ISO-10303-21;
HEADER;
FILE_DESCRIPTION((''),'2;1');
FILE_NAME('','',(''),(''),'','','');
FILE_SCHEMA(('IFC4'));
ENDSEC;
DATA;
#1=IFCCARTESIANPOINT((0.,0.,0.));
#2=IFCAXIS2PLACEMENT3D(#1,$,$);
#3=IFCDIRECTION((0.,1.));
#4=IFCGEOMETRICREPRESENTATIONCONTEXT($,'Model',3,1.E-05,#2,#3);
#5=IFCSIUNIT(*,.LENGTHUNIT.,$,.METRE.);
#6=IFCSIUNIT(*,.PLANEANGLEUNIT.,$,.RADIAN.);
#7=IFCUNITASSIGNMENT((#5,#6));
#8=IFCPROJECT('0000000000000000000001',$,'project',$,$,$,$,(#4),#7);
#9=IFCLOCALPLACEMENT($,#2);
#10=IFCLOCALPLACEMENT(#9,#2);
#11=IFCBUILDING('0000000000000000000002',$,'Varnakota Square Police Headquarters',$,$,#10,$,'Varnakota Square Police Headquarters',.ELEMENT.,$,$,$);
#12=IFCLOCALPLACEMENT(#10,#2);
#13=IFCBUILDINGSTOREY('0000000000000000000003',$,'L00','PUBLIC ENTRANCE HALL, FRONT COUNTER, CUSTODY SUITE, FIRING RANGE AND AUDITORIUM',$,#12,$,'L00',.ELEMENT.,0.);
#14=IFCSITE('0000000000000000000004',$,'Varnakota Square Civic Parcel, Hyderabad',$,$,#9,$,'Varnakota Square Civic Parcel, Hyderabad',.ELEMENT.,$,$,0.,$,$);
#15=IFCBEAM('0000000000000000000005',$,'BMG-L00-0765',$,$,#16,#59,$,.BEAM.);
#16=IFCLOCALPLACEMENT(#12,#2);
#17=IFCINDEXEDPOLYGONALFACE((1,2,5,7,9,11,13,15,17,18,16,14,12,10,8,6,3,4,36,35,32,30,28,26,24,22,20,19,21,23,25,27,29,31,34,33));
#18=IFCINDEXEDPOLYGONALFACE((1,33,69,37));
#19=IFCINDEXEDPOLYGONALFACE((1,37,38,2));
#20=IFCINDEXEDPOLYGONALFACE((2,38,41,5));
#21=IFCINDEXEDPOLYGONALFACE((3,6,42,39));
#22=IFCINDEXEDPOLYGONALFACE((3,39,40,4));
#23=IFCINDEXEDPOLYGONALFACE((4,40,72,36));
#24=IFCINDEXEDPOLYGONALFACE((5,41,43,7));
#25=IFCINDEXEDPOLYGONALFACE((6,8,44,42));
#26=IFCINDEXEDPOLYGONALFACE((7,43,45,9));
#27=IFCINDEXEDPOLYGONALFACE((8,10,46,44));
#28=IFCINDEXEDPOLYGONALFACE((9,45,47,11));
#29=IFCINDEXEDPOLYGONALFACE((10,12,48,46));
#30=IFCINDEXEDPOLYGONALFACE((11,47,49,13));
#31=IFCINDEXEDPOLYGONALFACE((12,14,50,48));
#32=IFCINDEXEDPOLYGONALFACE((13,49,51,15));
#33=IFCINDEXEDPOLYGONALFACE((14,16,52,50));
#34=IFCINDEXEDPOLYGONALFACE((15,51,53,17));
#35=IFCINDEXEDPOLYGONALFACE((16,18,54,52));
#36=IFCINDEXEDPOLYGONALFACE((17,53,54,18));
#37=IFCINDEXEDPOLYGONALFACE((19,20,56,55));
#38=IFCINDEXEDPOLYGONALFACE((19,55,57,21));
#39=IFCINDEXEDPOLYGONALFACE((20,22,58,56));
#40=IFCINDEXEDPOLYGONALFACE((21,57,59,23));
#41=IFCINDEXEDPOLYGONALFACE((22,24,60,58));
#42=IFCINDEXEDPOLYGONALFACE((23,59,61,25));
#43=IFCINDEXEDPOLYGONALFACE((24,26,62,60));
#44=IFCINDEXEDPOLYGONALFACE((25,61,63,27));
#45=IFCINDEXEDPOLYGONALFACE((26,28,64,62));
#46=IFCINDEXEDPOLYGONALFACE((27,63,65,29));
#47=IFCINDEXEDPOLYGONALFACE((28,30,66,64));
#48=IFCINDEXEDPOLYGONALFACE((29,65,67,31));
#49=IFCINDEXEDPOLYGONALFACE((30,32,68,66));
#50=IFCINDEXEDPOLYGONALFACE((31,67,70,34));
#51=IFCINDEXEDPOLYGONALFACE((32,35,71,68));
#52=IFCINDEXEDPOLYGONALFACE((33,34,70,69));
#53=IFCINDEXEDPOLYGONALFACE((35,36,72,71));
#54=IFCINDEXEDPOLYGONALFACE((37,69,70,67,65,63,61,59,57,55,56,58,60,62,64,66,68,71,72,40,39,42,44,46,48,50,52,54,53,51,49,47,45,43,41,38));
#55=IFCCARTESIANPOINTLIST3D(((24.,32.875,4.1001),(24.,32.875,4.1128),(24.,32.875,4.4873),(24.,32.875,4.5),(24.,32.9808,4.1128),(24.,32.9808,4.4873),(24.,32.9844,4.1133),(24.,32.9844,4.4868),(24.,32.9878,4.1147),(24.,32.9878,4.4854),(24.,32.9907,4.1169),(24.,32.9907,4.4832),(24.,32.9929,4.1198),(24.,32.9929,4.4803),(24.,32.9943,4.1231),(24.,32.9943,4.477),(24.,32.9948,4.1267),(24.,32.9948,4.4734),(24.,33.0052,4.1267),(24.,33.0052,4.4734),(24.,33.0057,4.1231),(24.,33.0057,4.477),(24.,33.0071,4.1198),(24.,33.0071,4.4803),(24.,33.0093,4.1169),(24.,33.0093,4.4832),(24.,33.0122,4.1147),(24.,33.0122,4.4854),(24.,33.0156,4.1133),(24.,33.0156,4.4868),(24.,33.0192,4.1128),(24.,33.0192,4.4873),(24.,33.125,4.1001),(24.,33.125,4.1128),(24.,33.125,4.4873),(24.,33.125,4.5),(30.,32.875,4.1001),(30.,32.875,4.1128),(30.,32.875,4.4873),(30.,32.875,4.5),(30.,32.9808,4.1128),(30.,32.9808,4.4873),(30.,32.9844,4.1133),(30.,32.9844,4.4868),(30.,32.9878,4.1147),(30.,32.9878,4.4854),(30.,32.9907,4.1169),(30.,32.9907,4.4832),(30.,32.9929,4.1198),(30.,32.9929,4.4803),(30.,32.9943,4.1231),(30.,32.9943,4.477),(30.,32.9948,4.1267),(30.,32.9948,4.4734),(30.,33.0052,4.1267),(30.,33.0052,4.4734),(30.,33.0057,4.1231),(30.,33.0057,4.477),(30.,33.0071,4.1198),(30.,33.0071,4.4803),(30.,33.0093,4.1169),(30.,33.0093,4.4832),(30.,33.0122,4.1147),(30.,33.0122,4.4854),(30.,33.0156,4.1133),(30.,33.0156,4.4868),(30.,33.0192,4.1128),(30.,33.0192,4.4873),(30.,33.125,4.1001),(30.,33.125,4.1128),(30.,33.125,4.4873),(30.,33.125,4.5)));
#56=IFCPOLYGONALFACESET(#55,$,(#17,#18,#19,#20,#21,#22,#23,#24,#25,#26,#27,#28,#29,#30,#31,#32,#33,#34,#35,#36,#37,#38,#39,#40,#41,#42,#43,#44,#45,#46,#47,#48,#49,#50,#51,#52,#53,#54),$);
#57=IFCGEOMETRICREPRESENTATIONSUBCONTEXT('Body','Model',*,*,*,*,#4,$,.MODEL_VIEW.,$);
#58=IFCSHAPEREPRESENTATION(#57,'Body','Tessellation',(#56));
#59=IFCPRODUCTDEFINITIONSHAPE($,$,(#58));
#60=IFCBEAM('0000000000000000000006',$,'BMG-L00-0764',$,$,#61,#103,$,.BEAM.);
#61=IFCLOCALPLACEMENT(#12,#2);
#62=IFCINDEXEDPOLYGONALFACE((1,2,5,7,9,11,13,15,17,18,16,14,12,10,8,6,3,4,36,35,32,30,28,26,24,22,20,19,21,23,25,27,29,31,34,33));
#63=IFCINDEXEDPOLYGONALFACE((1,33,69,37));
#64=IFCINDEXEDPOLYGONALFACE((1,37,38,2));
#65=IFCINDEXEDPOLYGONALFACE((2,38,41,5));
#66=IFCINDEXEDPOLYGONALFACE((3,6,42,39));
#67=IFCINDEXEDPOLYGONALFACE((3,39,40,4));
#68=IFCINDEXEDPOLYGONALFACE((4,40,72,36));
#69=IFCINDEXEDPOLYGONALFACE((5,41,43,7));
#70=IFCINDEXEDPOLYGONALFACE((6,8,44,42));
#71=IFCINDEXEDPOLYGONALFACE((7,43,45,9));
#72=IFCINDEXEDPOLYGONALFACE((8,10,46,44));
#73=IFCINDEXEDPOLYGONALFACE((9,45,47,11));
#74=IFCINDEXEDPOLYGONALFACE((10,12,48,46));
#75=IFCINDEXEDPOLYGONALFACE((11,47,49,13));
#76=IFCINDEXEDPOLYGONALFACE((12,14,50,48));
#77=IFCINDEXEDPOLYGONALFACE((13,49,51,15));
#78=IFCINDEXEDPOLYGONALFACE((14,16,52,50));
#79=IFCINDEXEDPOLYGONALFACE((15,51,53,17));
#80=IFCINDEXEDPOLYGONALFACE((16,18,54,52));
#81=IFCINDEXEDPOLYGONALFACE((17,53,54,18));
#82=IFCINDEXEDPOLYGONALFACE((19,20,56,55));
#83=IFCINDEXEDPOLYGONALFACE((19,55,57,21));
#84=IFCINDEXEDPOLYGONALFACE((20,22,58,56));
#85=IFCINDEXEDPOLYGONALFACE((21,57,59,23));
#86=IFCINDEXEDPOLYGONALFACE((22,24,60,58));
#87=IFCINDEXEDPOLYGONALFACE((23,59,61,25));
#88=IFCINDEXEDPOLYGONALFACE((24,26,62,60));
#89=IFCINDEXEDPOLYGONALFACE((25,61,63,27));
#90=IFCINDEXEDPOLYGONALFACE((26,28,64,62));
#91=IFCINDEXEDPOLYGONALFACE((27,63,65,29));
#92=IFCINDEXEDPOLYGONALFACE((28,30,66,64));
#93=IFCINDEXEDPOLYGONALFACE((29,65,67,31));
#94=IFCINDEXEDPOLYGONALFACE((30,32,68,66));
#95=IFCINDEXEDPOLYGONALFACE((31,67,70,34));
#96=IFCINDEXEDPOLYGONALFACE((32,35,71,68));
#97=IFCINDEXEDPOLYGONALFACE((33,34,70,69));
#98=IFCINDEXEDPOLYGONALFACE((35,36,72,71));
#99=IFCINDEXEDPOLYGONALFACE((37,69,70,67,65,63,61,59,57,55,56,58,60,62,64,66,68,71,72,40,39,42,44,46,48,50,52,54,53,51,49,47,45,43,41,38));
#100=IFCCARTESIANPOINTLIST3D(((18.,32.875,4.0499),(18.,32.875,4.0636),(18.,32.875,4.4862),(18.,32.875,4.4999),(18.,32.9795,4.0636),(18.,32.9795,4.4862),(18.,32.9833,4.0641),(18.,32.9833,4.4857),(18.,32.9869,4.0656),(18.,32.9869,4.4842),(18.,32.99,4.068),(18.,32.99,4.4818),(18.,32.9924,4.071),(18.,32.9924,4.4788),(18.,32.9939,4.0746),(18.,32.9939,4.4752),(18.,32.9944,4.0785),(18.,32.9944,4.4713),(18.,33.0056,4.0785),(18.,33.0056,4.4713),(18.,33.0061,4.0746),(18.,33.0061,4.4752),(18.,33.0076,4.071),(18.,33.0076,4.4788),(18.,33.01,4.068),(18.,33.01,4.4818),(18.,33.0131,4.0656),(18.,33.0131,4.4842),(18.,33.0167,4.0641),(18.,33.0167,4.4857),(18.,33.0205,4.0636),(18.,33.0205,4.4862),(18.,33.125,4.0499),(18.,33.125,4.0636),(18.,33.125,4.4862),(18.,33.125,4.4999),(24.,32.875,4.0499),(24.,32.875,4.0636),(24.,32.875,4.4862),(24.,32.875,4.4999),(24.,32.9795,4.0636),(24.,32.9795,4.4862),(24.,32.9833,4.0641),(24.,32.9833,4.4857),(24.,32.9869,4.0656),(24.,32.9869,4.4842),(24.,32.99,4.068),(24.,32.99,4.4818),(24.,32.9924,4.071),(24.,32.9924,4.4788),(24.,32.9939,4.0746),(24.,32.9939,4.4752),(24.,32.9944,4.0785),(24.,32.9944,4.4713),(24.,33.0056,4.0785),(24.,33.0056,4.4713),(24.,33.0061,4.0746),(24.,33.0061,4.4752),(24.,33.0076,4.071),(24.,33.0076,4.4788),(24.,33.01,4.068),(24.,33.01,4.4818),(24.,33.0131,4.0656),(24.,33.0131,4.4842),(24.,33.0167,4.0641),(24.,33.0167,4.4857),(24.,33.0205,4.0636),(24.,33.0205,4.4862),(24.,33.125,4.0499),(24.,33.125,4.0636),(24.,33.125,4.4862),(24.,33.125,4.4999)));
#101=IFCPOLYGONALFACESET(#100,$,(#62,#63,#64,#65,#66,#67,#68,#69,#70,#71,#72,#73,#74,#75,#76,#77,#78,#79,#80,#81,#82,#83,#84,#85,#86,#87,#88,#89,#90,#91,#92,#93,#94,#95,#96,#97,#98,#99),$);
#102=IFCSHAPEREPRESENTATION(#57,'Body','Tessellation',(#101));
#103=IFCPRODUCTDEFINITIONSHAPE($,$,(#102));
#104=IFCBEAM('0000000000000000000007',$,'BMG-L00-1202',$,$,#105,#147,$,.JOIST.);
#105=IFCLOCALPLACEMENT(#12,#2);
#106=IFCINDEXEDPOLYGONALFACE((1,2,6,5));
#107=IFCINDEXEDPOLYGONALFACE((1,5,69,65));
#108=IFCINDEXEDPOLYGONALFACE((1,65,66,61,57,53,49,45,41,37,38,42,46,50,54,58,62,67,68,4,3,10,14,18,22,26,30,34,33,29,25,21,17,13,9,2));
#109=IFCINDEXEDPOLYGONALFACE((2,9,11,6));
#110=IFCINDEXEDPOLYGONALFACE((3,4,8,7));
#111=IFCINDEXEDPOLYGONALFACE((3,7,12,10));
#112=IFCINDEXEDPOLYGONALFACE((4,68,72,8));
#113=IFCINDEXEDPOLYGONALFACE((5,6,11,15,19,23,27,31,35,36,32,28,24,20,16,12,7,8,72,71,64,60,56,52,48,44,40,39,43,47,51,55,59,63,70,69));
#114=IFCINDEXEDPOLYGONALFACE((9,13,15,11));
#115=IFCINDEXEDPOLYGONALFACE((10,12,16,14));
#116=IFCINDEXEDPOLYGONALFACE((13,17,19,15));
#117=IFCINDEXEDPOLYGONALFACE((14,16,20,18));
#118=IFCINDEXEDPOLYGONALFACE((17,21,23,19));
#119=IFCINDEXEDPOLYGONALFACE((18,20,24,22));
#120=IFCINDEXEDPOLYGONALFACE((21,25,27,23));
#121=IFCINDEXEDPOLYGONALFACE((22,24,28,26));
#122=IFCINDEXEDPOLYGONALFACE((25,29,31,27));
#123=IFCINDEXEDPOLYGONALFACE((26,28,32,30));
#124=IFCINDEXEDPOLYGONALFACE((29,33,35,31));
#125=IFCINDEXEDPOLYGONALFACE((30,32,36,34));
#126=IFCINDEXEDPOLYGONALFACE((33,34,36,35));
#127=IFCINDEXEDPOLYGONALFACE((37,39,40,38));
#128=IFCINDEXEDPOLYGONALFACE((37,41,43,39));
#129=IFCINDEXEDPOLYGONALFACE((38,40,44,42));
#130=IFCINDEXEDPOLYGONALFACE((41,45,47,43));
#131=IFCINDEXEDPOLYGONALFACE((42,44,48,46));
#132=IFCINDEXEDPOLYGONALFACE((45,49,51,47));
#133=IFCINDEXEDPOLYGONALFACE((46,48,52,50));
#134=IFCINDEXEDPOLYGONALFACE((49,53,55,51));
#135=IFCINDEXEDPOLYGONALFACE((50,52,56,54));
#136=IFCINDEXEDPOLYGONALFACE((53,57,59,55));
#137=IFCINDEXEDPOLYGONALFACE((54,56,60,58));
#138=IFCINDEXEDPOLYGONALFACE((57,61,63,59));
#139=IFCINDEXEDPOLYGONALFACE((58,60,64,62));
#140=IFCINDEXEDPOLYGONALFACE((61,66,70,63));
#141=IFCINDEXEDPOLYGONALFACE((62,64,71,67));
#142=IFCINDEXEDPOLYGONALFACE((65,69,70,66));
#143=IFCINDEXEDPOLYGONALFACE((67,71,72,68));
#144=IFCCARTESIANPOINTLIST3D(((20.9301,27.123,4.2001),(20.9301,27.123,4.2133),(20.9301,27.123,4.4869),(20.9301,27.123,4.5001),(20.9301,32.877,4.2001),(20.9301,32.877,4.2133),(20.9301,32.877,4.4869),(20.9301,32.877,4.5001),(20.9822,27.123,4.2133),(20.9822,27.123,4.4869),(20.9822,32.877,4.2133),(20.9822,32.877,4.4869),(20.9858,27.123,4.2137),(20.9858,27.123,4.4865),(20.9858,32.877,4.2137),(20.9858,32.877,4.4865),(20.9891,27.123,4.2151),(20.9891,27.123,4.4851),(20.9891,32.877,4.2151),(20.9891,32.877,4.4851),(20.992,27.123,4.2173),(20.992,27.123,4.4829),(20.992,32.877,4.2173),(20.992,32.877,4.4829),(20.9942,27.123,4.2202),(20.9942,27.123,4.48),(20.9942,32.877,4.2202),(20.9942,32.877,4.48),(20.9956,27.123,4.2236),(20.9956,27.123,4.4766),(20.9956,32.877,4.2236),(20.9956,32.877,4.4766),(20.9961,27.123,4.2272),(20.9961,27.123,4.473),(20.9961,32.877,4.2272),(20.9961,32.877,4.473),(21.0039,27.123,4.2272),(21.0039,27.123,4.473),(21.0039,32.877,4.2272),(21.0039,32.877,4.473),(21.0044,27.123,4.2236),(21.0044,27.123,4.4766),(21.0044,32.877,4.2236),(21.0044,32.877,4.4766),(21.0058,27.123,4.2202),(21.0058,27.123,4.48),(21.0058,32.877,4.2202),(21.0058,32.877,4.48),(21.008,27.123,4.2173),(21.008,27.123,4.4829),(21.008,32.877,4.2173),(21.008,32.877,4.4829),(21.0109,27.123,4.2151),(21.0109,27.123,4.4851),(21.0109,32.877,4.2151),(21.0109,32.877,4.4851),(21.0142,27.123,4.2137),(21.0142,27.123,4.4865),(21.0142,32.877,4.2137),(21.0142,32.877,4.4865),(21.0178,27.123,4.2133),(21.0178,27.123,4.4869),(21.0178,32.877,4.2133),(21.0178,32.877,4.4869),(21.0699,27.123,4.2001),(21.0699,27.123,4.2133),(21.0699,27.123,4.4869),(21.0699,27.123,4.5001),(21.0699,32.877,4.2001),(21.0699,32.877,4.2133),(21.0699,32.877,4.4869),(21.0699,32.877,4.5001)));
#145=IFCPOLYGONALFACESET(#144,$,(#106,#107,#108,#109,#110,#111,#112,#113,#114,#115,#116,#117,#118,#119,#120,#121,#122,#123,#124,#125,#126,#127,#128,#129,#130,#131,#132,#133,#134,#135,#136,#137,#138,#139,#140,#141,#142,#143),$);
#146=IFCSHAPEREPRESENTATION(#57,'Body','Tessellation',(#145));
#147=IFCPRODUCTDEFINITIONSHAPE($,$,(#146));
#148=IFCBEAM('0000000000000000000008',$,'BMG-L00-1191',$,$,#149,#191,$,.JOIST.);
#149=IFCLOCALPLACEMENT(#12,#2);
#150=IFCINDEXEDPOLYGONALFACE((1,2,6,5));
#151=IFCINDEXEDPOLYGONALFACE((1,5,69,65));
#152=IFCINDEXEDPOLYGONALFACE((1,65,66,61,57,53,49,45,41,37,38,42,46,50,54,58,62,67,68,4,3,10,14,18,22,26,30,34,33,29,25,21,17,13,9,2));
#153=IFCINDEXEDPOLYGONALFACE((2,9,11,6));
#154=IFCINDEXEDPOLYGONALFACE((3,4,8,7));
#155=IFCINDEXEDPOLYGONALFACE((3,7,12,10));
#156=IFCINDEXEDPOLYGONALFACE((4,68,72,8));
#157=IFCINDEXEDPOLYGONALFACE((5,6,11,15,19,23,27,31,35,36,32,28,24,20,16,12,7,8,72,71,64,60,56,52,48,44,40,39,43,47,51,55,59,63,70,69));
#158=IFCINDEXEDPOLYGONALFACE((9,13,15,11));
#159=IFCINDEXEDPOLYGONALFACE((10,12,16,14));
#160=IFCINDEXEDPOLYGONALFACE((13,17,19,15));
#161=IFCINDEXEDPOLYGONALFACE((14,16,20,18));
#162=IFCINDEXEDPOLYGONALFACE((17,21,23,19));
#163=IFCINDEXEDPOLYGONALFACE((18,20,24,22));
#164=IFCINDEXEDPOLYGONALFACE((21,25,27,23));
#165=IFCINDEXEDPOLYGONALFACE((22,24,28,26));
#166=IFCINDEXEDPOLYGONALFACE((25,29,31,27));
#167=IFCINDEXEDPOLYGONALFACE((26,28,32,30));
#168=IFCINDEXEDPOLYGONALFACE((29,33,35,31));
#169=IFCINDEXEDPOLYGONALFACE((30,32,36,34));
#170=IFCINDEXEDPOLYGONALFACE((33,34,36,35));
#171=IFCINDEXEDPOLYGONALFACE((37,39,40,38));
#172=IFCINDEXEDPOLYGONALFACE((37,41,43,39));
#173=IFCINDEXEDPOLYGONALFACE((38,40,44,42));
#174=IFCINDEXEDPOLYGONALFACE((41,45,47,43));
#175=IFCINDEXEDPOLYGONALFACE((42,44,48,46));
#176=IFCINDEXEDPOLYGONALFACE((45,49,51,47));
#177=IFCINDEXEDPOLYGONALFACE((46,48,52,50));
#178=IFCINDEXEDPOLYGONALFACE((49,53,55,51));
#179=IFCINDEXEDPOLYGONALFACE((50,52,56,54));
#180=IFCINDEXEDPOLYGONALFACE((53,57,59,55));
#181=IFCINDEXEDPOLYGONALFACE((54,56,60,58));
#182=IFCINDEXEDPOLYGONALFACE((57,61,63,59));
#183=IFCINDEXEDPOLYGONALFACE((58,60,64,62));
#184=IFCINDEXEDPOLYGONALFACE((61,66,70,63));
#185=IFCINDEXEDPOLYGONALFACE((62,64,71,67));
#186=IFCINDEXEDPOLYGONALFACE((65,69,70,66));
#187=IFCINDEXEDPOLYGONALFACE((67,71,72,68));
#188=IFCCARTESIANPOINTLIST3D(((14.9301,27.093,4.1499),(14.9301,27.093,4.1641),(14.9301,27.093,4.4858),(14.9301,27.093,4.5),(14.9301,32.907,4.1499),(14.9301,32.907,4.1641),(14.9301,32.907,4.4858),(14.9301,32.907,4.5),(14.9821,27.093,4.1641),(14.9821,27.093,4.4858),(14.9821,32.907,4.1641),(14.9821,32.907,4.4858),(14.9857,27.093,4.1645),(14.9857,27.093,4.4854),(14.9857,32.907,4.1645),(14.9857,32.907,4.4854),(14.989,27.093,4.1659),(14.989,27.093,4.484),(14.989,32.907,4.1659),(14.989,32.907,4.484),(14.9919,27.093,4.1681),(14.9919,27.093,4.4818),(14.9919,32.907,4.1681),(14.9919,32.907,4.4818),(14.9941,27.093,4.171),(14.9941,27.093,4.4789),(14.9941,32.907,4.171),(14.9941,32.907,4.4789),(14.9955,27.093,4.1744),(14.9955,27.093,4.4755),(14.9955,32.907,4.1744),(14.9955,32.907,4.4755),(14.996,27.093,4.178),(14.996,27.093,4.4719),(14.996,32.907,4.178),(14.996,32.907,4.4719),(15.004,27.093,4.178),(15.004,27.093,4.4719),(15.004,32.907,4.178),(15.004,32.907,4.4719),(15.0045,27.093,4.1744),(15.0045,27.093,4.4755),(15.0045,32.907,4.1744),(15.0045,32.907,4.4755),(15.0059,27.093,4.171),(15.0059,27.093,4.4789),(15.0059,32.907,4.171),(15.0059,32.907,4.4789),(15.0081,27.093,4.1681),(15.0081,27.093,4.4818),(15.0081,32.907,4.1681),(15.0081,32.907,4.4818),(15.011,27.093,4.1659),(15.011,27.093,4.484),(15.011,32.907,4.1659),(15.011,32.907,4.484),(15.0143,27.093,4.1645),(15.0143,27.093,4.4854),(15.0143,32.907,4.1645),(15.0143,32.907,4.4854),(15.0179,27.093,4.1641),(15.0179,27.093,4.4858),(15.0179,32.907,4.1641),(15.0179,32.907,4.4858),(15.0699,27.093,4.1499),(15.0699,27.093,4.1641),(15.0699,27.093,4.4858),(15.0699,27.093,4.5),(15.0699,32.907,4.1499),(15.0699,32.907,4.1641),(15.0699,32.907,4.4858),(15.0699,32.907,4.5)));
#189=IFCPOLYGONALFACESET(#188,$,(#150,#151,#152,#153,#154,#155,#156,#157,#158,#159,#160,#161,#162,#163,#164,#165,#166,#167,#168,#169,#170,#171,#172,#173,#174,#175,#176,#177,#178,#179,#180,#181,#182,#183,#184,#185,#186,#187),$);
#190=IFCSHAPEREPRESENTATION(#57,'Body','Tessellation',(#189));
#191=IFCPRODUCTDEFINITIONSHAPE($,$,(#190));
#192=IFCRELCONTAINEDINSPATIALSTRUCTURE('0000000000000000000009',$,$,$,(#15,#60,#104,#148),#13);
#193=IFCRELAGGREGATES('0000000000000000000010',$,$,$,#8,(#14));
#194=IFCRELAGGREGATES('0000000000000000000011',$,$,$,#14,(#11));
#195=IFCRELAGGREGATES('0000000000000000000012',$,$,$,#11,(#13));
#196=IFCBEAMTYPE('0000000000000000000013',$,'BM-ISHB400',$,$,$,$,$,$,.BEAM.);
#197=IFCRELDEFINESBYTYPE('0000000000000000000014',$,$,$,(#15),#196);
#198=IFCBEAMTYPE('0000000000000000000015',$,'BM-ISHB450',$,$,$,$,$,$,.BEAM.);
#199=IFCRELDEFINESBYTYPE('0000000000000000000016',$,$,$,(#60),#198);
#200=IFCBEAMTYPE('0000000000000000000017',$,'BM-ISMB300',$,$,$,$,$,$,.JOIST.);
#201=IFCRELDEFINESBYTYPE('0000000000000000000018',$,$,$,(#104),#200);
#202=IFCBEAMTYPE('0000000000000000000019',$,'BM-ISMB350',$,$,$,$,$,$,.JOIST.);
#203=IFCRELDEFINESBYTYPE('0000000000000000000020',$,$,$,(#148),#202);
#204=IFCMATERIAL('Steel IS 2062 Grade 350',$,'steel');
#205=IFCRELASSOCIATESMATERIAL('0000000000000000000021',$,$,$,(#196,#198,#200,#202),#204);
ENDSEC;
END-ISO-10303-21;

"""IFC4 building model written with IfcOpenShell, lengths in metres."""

from ifc_helpers import new_model, si_unit, direction, frame, origin, origin_2d, place, context, subcontext, project, spatial, i_section, extrude, material, material_profile, profile_set, type_object, element, save


model = new_model("IFC4")

# Units and contexts
model_context = context("Model", 3, precision=1e-05, world=origin(), true_north=direction((0.0, 1.0)))
body_context = subcontext(model_context, "Body", "Model", "MODEL_VIEW")
ifc_project = project(units=[si_unit("LENGTHUNIT", "METRE"), si_unit("PLANEANGLEUNIT", "RADIAN")], contexts=[model_context])

# Site, building, storey
site_placement = place(None, origin())
site = spatial("IfcSite", under=ifc_project, at=site_placement, Name="Varnakota Square Civic Parcel, Hyderabad", LongName="Varnakota Square Civic Parcel, Hyderabad", CompositionType="ELEMENT", RefElevation=0.0)
building_placement = place(site_placement, origin())
building = spatial("IfcBuilding", under=site, at=building_placement, Name="Varnakota Square Police Headquarters", LongName="Varnakota Square Police Headquarters", CompositionType="ELEMENT")
storey_placement = place(building_placement, origin())
storey = spatial("IfcBuildingStorey", under=building, at=storey_placement, Name="L00", Description="PUBLIC ENTRANCE HALL, FRONT COUNTER, CUSTODY SUITE, FIRING RANGE AND AUDITORIUM", LongName="L00", CompositionType="ELEMENT", Elevation=0.0)

# Beams
ifc_material_1 = material(Name="Steel IS 2062 Grade 350", Category="steel")
ifc_material_profile_1 = material_profile(ifc_material_1, i_section(OverallWidth=0.25, OverallDepth=0.3999, WebThickness=0.0105, FlangeThickness=0.0127, FilletRadius=0.0139, at=origin_2d()), Name="ISHB 400")
ifc_profile_set_1 = profile_set([ifc_material_profile_1], Name="Steel IS 2062 Grade 350")
beam_type_1 = type_object("IfcBeamType", Name="BM-ISHB400", PredefinedType="BEAM", material=ifc_profile_set_1)
beam_1_placement = place(storey_placement, frame((24.0, 33.0, 4.3), z_axis=(1.0, 0.0, 0.0), x_axis=(0.0, 1.0, 0.0)))
element("IfcBeam", 1, at=beam_1_placement, inside=storey, type_object=beam_type_1, Name="BMG-L00-0765", PredefinedType="BEAM", context=body_context, shape_type="SweptSolid", body=[
    extrude(i_section(OverallWidth=0.25, OverallDepth=0.3999, WebThickness=0.0105, FlangeThickness=0.0127, FilletRadius=0.0139, at=origin_2d()), origin(), (0.0, 0.0, 1.0), 6.0),
])
ifc_material_profile_2 = material_profile(ifc_material_1, i_section(OverallWidth=0.25, OverallDepth=0.45, WebThickness=0.0112, FlangeThickness=0.0137, FilletRadius=0.0149, at=origin_2d()), Name="ISHB 450")
ifc_profile_set_2 = profile_set([ifc_material_profile_2], Name="Steel IS 2062 Grade 350")
beam_type_2 = type_object("IfcBeamType", Name="BM-ISHB450", PredefinedType="BEAM", material=ifc_profile_set_2)
beam_2_placement = place(storey_placement, frame((18.0, 33.0, 4.2749), z_axis=(1.0, 0.0, 0.0), x_axis=(0.0, 1.0, 0.0)))
element("IfcBeam", 2, at=beam_2_placement, inside=storey, type_object=beam_type_2, Name="BMG-L00-0764", PredefinedType="BEAM", context=body_context, shape_type="SweptSolid", body=[
    extrude(i_section(OverallWidth=0.25, OverallDepth=0.45, WebThickness=0.0112, FlangeThickness=0.0137, FilletRadius=0.0149, at=origin_2d()), origin(), (0.0, 0.0, 1.0), 6.0),
])
ifc_material_profile_3 = material_profile(ifc_material_1, i_section(OverallWidth=0.1399, OverallDepth=0.3, WebThickness=0.0078, FlangeThickness=0.0132, FilletRadius=0.0139, at=origin_2d()), Name="ISMB 300")
ifc_profile_set_3 = profile_set([ifc_material_profile_3], Name="Steel IS 2062 Grade 350")
beam_type_3 = type_object("IfcBeamType", Name="BM-ISMB300", PredefinedType="JOIST", material=ifc_profile_set_3)
beam_3_placement = place(storey_placement, frame((21.0, 27.123, 4.3501), z_axis=(0.0, 1.0, 0.0), x_axis=(-1.0, 0.0, 0.0)))
element("IfcBeam", 3, at=beam_3_placement, inside=storey, type_object=beam_type_3, Name="BMG-L00-1202", PredefinedType="JOIST", context=body_context, shape_type="SweptSolid", body=[
    extrude(i_section(OverallWidth=0.1399, OverallDepth=0.3, WebThickness=0.0078, FlangeThickness=0.0132, FilletRadius=0.0139, at=origin_2d()), origin(), (0.0, 0.0, 1.0), 5.7539),
])
ifc_material_profile_4 = material_profile(ifc_material_1, i_section(OverallWidth=0.1399, OverallDepth=0.3501, WebThickness=0.0081, FlangeThickness=0.0142, FilletRadius=0.0139, at=origin_2d()), Name="ISMB 350")
ifc_profile_set_4 = profile_set([ifc_material_profile_4], Name="Steel IS 2062 Grade 350")
beam_type_4 = type_object("IfcBeamType", Name="BM-ISMB350", PredefinedType="JOIST", material=ifc_profile_set_4)
beam_4_placement = place(storey_placement, frame((15.0, 27.093, 4.325), z_axis=(0.0, 1.0, 0.0), x_axis=(-1.0, 0.0, 0.0)))
element("IfcBeam", 4, at=beam_4_placement, inside=storey, type_object=beam_type_4, Name="BMG-L00-1191", PredefinedType="JOIST", context=body_context, shape_type="SweptSolid", body=[
    extrude(i_section(OverallWidth=0.1399, OverallDepth=0.3501, WebThickness=0.0081, FlangeThickness=0.0142, FilletRadius=0.0139, at=origin_2d()), origin(), (0.0, 0.0, 1.0), 5.814),
])

save(model, "model.ifc")
